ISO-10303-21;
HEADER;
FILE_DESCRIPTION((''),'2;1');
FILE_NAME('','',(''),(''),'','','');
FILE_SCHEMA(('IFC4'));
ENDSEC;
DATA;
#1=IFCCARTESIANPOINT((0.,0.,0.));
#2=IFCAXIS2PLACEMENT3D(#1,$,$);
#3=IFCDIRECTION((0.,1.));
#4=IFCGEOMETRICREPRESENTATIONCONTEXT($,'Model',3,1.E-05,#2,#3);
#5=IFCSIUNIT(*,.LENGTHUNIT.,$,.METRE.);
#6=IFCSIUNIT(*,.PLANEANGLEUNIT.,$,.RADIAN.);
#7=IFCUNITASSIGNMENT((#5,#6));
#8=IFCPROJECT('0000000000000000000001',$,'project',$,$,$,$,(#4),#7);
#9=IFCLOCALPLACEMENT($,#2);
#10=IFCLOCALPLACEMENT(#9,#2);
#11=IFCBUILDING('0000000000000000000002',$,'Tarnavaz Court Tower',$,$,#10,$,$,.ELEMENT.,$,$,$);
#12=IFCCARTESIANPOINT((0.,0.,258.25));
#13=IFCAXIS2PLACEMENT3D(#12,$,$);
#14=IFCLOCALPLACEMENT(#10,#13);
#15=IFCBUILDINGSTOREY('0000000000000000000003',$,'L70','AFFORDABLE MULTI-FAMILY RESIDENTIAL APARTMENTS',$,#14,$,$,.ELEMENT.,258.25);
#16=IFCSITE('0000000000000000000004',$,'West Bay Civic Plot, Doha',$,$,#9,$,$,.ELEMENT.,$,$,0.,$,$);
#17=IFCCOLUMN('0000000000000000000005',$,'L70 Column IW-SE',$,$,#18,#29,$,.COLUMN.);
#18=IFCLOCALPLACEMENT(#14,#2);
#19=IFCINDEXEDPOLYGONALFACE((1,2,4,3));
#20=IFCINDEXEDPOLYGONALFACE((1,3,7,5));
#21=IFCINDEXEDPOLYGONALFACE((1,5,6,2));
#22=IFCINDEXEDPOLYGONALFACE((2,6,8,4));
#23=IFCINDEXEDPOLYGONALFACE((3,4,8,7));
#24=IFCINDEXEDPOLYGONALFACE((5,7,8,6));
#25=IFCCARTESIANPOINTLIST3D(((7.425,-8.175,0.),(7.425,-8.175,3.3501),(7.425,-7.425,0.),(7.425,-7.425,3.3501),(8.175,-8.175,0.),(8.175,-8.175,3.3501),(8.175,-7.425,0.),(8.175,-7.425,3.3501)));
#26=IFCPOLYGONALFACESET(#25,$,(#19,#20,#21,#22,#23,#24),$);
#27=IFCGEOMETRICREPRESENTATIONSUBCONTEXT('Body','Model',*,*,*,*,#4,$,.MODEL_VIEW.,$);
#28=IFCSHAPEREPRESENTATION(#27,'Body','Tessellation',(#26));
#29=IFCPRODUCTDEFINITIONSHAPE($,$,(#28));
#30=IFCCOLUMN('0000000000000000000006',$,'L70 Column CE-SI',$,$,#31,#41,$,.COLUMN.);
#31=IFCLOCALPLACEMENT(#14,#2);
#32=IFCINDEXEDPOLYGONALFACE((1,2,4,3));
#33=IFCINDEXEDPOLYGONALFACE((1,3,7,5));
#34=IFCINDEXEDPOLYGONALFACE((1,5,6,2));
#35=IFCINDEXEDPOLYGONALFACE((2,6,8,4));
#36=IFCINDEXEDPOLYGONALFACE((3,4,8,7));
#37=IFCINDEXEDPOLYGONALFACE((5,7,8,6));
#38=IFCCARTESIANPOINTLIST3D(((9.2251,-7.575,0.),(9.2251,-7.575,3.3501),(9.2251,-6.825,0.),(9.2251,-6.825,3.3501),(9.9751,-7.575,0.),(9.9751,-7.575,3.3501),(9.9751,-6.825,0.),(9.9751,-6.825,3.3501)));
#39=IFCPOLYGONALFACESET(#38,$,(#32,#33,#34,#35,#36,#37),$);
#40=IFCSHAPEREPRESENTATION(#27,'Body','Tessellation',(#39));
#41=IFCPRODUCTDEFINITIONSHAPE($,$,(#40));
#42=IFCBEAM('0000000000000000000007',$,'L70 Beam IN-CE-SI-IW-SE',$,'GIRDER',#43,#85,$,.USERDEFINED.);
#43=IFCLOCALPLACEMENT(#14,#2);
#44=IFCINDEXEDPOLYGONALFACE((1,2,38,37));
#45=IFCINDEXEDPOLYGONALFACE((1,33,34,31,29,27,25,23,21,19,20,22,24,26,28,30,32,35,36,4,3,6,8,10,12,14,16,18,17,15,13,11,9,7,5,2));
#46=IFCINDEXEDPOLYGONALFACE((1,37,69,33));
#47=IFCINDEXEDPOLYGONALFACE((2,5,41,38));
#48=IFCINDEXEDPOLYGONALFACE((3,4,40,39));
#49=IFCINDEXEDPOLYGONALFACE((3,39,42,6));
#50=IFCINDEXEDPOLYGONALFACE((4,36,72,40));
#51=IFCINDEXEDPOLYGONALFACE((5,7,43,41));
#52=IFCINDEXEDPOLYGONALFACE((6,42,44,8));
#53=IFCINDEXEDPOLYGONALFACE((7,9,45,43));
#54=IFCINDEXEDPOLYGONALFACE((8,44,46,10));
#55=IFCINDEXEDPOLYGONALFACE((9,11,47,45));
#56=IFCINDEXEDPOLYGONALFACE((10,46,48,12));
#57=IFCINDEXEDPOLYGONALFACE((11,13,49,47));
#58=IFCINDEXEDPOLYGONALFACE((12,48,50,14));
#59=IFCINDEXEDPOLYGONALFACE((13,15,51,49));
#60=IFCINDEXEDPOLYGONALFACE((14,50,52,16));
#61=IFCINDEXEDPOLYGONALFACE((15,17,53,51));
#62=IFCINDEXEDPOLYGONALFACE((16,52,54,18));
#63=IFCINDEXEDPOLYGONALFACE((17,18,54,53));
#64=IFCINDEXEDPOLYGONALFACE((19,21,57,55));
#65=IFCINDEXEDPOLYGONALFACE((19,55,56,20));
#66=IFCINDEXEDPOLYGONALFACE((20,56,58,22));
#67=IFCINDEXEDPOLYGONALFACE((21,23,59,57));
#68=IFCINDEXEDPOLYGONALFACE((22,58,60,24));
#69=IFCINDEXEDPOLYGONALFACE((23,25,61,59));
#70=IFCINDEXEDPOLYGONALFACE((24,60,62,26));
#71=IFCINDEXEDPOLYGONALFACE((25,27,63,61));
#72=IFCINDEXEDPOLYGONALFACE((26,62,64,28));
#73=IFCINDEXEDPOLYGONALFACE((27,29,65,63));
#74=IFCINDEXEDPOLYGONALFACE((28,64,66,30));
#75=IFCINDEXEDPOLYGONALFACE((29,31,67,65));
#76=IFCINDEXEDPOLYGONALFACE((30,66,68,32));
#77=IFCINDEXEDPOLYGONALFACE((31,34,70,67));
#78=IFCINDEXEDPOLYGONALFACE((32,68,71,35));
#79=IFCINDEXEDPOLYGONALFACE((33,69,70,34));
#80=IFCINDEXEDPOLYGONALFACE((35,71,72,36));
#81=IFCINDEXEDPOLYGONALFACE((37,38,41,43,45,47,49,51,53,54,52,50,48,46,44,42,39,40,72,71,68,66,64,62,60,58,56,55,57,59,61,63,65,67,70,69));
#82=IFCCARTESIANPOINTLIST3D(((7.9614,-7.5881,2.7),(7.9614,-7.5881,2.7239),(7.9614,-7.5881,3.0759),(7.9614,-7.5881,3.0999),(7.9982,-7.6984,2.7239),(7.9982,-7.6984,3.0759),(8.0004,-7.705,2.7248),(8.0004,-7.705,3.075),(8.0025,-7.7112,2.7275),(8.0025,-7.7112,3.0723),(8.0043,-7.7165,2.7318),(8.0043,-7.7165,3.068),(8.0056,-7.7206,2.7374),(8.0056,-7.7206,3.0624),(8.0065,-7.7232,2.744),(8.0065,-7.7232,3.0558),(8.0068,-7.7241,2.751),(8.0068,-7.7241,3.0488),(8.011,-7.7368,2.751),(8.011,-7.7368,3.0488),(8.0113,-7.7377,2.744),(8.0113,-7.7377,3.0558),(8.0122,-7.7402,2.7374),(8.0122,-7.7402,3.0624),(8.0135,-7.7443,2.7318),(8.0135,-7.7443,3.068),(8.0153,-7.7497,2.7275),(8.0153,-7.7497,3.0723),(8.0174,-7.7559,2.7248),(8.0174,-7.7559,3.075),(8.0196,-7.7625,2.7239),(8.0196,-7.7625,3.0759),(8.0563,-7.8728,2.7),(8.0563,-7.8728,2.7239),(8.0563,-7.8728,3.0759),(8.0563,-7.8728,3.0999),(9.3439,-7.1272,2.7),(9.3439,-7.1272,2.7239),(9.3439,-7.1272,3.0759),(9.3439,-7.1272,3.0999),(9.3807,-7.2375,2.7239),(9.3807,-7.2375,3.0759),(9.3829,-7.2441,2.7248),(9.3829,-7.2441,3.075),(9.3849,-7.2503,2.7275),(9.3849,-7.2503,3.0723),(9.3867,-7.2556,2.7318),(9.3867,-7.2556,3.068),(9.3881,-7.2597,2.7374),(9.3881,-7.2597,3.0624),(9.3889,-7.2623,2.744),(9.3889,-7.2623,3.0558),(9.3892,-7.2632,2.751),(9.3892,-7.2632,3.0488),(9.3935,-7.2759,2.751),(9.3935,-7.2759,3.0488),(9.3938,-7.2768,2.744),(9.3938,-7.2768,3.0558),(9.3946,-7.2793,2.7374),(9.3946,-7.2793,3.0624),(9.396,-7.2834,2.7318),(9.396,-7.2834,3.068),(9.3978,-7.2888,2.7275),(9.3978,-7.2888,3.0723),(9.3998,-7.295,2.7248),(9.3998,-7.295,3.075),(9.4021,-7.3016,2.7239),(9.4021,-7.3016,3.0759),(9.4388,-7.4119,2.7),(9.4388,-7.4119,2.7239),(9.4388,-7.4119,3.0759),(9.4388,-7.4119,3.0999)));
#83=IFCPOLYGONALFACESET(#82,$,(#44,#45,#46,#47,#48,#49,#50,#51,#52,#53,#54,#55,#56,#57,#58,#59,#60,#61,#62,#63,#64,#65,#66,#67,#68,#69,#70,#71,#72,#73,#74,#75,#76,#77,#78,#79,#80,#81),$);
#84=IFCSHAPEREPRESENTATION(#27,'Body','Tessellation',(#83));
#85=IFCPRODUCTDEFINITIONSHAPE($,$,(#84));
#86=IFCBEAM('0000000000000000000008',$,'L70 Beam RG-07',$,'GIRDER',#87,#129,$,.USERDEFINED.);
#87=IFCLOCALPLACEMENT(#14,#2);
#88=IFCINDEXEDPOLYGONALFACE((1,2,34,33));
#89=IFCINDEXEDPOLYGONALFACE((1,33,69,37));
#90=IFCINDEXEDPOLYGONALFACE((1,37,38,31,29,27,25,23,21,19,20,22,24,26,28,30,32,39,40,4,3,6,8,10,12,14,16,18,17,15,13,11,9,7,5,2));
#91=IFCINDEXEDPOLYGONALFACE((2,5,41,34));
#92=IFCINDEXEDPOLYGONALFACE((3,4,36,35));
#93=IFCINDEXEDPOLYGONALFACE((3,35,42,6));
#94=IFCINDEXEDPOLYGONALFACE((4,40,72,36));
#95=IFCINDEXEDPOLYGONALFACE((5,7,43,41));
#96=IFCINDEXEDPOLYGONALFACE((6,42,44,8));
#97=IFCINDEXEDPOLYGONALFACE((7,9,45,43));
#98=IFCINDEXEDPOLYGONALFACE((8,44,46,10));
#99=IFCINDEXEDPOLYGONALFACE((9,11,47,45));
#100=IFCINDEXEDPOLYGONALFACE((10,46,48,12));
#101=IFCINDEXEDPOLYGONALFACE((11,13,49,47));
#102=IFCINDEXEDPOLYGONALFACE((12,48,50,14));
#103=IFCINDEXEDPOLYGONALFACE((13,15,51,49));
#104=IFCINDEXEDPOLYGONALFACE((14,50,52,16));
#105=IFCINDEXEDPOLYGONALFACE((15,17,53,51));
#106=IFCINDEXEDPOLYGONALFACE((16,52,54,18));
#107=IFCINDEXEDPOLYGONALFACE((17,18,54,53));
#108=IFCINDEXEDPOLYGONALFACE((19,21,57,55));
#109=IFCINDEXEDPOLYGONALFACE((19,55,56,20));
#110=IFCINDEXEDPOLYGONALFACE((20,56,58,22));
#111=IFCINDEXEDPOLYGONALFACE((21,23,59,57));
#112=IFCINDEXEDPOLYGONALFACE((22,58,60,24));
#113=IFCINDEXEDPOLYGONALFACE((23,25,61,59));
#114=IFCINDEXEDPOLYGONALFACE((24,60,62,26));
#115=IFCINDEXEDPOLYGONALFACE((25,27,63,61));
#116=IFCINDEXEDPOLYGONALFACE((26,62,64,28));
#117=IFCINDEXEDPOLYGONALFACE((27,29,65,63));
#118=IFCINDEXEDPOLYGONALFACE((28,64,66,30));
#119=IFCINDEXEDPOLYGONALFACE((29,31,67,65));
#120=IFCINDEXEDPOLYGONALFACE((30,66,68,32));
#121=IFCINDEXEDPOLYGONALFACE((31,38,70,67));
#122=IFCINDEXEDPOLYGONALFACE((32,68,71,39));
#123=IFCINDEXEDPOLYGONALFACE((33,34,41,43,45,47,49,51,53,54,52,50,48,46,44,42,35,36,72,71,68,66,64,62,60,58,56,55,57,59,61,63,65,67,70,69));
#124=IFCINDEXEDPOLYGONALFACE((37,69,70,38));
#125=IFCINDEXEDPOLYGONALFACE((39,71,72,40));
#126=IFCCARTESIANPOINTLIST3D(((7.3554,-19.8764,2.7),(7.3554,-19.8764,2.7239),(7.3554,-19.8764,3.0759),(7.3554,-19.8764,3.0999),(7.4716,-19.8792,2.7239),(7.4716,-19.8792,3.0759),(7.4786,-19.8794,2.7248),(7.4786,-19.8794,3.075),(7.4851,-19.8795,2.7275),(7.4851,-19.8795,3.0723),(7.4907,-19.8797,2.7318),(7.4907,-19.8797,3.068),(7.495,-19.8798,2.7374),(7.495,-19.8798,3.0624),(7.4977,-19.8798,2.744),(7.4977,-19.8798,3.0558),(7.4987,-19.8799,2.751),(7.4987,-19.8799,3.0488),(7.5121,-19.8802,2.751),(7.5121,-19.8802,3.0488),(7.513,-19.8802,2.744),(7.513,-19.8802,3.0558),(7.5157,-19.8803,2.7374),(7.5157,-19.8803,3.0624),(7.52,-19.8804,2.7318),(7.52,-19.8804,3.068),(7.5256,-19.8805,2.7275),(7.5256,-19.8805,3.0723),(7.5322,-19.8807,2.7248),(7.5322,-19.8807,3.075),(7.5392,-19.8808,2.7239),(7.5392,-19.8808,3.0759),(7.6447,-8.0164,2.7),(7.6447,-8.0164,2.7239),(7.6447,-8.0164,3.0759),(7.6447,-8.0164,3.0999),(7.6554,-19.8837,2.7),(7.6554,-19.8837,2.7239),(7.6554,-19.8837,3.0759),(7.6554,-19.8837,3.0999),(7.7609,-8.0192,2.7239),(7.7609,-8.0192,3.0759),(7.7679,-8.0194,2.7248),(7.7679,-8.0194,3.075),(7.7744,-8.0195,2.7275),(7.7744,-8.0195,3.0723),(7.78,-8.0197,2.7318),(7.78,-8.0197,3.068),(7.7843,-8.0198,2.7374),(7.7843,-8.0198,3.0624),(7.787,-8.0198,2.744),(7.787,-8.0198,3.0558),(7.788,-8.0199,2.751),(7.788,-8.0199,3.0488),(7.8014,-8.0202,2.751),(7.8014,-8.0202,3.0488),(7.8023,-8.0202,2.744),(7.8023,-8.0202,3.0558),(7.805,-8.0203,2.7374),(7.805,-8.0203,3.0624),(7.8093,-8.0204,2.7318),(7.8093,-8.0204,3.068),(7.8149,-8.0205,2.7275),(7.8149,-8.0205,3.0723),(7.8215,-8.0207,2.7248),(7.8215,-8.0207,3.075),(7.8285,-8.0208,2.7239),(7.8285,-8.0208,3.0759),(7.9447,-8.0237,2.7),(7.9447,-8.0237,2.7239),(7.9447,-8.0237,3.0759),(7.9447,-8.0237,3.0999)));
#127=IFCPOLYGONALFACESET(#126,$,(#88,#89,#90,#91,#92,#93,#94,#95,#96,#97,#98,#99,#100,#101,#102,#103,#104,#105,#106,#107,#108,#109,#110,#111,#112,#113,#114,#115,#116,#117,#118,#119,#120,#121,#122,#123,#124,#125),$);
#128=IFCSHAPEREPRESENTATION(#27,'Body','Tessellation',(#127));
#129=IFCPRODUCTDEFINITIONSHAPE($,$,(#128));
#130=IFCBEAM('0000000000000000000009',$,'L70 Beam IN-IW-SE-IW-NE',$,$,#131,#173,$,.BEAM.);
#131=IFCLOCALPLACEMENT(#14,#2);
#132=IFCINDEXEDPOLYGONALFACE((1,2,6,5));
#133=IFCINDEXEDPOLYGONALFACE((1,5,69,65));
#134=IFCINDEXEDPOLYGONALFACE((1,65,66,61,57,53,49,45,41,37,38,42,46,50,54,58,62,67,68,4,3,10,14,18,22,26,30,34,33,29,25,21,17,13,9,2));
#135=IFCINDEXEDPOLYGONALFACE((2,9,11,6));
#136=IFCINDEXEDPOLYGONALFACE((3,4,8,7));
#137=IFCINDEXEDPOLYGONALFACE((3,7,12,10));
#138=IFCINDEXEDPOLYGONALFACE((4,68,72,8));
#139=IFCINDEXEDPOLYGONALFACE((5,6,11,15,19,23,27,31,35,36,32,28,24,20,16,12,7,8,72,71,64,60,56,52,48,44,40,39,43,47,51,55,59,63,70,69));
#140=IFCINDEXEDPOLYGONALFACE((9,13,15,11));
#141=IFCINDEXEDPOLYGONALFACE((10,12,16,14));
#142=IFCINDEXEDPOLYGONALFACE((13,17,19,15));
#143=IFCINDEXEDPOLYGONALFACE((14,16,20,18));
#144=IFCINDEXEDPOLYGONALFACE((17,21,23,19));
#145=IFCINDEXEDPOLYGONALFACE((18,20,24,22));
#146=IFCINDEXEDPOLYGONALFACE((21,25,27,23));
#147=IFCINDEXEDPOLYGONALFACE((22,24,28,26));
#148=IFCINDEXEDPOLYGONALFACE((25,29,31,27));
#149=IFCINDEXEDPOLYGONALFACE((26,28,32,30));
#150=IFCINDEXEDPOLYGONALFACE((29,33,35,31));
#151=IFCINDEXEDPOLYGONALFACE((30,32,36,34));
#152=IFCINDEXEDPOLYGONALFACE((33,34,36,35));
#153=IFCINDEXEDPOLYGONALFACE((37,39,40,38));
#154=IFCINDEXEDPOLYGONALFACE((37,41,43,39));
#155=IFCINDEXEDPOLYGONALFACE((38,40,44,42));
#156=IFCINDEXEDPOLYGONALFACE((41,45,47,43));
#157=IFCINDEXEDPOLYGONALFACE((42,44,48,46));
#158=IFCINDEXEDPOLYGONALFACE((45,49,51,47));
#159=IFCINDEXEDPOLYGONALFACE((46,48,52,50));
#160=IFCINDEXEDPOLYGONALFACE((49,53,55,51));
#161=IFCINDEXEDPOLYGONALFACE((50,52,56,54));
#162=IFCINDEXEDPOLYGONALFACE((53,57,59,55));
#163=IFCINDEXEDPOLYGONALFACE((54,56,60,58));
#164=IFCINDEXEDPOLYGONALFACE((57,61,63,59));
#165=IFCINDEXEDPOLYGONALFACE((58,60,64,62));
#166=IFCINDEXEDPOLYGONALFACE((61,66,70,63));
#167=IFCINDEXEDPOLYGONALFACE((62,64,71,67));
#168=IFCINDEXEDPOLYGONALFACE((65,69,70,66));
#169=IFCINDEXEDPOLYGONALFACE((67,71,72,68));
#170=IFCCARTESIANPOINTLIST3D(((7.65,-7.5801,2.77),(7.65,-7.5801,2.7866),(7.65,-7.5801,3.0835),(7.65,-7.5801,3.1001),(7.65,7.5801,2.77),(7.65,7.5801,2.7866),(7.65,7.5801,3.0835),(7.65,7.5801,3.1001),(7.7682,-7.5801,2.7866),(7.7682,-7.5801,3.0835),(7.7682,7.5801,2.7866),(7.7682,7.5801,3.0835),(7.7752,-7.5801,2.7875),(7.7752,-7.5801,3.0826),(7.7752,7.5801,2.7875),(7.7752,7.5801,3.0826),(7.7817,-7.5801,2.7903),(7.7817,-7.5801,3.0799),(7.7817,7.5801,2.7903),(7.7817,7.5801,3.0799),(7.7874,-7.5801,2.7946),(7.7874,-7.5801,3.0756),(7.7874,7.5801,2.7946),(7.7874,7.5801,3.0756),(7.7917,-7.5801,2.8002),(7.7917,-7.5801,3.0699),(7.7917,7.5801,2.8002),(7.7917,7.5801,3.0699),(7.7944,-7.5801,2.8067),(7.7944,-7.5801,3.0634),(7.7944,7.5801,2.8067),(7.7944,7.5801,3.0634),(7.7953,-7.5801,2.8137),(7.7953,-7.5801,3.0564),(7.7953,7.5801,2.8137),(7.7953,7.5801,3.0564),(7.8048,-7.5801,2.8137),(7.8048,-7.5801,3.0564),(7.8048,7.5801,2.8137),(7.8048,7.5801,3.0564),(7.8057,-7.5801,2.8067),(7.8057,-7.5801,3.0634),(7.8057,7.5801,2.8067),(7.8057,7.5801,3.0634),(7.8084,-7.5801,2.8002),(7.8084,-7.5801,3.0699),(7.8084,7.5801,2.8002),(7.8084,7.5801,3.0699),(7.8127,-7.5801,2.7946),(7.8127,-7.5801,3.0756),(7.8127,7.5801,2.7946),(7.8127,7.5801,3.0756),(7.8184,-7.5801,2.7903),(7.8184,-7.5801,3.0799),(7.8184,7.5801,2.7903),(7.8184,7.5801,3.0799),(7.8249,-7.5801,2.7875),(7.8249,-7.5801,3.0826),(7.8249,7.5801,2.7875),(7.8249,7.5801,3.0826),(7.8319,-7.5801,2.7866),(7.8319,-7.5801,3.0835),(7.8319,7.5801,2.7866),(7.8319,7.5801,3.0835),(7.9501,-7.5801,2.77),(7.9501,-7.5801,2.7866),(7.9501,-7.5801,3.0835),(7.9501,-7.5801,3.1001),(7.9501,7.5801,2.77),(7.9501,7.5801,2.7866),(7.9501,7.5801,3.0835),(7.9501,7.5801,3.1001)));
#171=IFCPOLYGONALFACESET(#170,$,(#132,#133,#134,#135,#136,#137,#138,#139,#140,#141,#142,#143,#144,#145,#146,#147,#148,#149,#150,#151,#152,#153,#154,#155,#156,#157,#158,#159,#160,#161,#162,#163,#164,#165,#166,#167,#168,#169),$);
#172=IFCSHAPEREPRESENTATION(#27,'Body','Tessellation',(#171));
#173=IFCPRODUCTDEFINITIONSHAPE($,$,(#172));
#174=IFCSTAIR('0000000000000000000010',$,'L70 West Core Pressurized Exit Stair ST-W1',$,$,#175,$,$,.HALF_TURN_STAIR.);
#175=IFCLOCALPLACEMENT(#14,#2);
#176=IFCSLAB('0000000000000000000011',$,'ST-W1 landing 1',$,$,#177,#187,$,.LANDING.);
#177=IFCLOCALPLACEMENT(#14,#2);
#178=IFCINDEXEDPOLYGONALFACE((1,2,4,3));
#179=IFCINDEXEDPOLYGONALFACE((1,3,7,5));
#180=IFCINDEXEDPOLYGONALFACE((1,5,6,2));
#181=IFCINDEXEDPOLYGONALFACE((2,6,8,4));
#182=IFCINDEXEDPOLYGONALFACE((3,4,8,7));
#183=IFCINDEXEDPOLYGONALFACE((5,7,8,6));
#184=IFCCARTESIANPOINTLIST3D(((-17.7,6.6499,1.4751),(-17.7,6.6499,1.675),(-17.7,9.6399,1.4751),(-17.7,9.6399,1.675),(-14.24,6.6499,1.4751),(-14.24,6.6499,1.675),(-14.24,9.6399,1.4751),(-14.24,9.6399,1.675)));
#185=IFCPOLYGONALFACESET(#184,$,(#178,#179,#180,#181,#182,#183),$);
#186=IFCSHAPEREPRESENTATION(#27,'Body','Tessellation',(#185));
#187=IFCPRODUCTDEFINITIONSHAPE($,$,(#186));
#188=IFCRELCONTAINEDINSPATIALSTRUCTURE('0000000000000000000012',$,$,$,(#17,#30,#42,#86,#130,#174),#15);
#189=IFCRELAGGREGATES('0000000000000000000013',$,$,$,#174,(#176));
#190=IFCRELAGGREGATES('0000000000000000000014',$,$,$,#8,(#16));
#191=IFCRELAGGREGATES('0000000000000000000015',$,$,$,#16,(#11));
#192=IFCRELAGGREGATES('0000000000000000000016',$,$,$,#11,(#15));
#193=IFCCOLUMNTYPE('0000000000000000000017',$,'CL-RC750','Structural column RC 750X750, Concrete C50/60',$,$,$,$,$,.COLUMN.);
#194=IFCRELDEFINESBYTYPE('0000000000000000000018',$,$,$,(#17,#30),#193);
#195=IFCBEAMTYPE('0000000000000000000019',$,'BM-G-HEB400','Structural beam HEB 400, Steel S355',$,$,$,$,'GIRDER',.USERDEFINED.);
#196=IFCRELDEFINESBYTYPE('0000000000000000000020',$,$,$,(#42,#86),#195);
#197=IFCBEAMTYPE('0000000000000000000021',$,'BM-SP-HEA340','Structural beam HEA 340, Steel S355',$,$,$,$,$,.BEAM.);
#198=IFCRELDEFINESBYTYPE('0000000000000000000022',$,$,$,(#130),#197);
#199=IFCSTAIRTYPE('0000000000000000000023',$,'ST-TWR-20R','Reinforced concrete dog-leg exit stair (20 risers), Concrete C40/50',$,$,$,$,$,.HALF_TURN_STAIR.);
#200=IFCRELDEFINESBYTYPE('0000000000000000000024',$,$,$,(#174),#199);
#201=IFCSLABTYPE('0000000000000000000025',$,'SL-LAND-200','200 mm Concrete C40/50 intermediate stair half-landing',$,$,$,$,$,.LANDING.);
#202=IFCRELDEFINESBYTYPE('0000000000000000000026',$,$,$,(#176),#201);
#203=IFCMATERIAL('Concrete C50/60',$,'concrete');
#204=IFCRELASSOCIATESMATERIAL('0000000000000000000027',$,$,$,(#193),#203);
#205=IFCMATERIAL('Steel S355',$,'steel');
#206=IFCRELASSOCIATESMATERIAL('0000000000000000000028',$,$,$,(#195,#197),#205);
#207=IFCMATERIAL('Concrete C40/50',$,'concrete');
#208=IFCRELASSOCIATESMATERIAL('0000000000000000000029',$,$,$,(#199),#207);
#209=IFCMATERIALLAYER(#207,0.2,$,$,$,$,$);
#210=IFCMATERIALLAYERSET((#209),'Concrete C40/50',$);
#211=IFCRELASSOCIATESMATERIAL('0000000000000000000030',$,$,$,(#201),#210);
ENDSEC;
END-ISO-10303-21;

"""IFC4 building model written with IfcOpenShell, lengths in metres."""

from ifc_helpers import new_model, si_unit, direction, frame, origin, origin_2d, place, context, subcontext, project, spatial, polyline, rectangle, i_section, outline, extrude, material, layer, layer_set, material_profile, profile_set, type_object, element, aggregate, save


model = new_model("IFC4")

# Units and contexts
model_context = context("Model", 3, precision=1e-05, world=origin(), true_north=direction((0.0, 1.0)))
body_context = subcontext(model_context, "Body", "Model", "MODEL_VIEW")
ifc_project = project(units=[si_unit("LENGTHUNIT", "METRE"), si_unit("PLANEANGLEUNIT", "RADIAN")], contexts=[model_context])

# Site, building, storey
site_placement = place(None, origin())
site = spatial("IfcSite", under=ifc_project, at=site_placement, Name="West Bay Civic Plot, Doha", CompositionType="ELEMENT", RefElevation=0.0)
building_placement = place(site_placement, origin())
building = spatial("IfcBuilding", under=site, at=building_placement, Name="Tarnavaz Court Tower", CompositionType="ELEMENT")
storey_placement = place(building_placement, frame((0.0, 0.0, 258.25)))
storey = spatial("IfcBuildingStorey", under=building, at=storey_placement, Name="L70", Description="AFFORDABLE MULTI-FAMILY RESIDENTIAL APARTMENTS", CompositionType="ELEMENT", Elevation=258.25)

# Columns
ifc_material_1 = material(Name="Concrete C50/60", Category="concrete")
ifc_material_profile_1 = material_profile(ifc_material_1, rectangle(XDim=0.75, YDim=0.75, at=origin_2d()), Name="RC 750X750")
ifc_profile_set_1 = profile_set([ifc_material_profile_1], Name="Concrete C50/60")
column_type = type_object("IfcColumnType", Name="CL-RC750", Description="Structural column RC 750X750, Concrete C50/60", PredefinedType="COLUMN", material=ifc_profile_set_1)
for number, where, z_axis, x_axis, name in (
    (1, (7.8, -7.8, 0.0), (0.0, 0.0, 1.0), (1.0, 0.0, 0.0), "L70 Column IW-SE"),
    (2, (9.6001, -7.2, 0.0), (0.0, 0.0, 1.0), (1.0, 0.0, 0.0), "L70 Column CE-SI"),
):
    element("IfcColumn", number, at=place(storey_placement, frame(where, z_axis=z_axis, x_axis=x_axis)), inside=storey, type_object=column_type, Name=name, PredefinedType="COLUMN", context=body_context, shape_type="SweptSolid", body=[
        extrude(rectangle(XDim=0.75, YDim=0.75, at=origin_2d()), origin(), (0.0, 0.0, 1.0), 3.3501),
    ])

# Beams
ifc_material_2 = material(Name="Steel S355", Category="steel")
ifc_material_profile_2 = material_profile(ifc_material_2, i_section(OverallWidth=0.3, OverallDepth=0.3999, WebThickness=0.0134, FlangeThickness=0.0239, FilletRadius=0.0271, at=origin_2d()), Name="HEB 400")
ifc_profile_set_2 = profile_set([ifc_material_profile_2], Name="Steel S355")
beam_type_1 = type_object("IfcBeamType", Name="BM-G-HEB400", Description="Structural beam HEB 400, Steel S355", ElementType="GIRDER", PredefinedType="USERDEFINED", material=ifc_profile_set_2)
beam_1_placement = place(storey_placement, frame((9.3914, -7.2695, 2.8999), z_axis=(-0.948667, -0.316278, 0.0), x_axis=(0.316278, -0.948667, 0.0)))
element("IfcBeam", 3, at=beam_1_placement, inside=storey, type_object=beam_type_1, Name="L70 Beam IN-CE-SI-IW-SE", ObjectType="GIRDER", PredefinedType="USERDEFINED", context=body_context, shape_type="SweptSolid", body=[
    extrude(i_section(OverallWidth=0.3, OverallDepth=0.3999, WebThickness=0.0134, FlangeThickness=0.0239, FilletRadius=0.0271, at=origin_2d()), origin(), (0.0, 0.0, 1.0), 1.4573),
])
beam_2_placement = place(storey_placement, frame((7.7947, -8.02, 2.8999), z_axis=(-0.024386, -0.999703, 0.0), x_axis=(0.999703, -0.024386, 0.0)))
element("IfcBeam", 4, at=beam_2_placement, inside=storey, type_object=beam_type_1, Name="L70 Beam RG-07", ObjectType="GIRDER", PredefinedType="USERDEFINED", context=body_context, shape_type="SweptSolid", body=[
    extrude(i_section(OverallWidth=0.3, OverallDepth=0.3999, WebThickness=0.0134, FlangeThickness=0.0239, FilletRadius=0.0271, at=origin_2d()), origin(), (0.0, 0.0, 1.0), 11.8635),
])
ifc_material_profile_3 = material_profile(ifc_material_2, i_section(OverallWidth=0.3, OverallDepth=0.3301, WebThickness=0.0095, FlangeThickness=0.0166, FilletRadius=0.0271, at=origin_2d()), Name="HEA 340")
ifc_profile_set_3 = profile_set([ifc_material_profile_3], Name="Steel S355")
beam_type_2 = type_object("IfcBeamType", Name="BM-SP-HEA340", Description="Structural beam HEA 340, Steel S355", PredefinedType="BEAM", material=ifc_profile_set_3)
beam_3_placement = place(storey_placement, frame((7.8, -7.5801, 2.9351), z_axis=(0.0, 1.0, 0.0), x_axis=(-1.0, 0.0, 0.0)))
element("IfcBeam", 5, at=beam_3_placement, inside=storey, type_object=beam_type_2, Name="L70 Beam IN-IW-SE-IW-NE", PredefinedType="BEAM", context=body_context, shape_type="SweptSolid", body=[
    extrude(i_section(OverallWidth=0.3, OverallDepth=0.3301, WebThickness=0.0095, FlangeThickness=0.0166, FilletRadius=0.0271, at=origin_2d()), origin(), (0.0, 0.0, 1.0), 15.1602),
])

# Stair, slab
ifc_material_3 = material(Name="Concrete C40/50", Category="concrete")
stair_type = type_object("IfcStairType", Name="ST-TWR-20R", Description="Reinforced concrete dog-leg exit stair (20 risers), Concrete C40/50", PredefinedType="HALF_TURN_STAIR", material=ifc_material_3)
stair_1_placement = place(storey_placement, origin())
stair_1 = element("IfcStair", 6, at=stair_1_placement, inside=storey, type_object=stair_type, Name="L70 West Core Pressurized Exit Stair ST-W1", PredefinedType="HALF_TURN_STAIR")
ifc_layer_1 = layer(ifc_material_3, 0.2)
ifc_layer_set_1 = layer_set([ifc_layer_1], Name="Concrete C40/50")
slab_type_1 = type_object("IfcSlabType", Name="SL-LAND-200", Description="200 mm Concrete C40/50 intermediate stair half-landing", PredefinedType="LANDING", material=ifc_layer_set_1)
slab_1_placement = place(storey_placement, frame((0.0, 0.0, 1.4751)))
slab_1 = element("IfcSlab", 7, at=slab_1_placement, type_object=slab_type_1, Name="ST-W1 landing 1", PredefinedType="LANDING", context=body_context, shape_type="SweptSolid", body=[
    extrude(outline(polyline([(-14.24, 9.6399), (-17.7, 9.6399), (-17.7, 6.6499), (-14.24, 6.6499), (-14.24, 9.6399)])), origin(), (0.0, 0.0, 1.0), 0.2),
])
aggregate(stair_1, [slab_1])

save(model, "model.ifc")
